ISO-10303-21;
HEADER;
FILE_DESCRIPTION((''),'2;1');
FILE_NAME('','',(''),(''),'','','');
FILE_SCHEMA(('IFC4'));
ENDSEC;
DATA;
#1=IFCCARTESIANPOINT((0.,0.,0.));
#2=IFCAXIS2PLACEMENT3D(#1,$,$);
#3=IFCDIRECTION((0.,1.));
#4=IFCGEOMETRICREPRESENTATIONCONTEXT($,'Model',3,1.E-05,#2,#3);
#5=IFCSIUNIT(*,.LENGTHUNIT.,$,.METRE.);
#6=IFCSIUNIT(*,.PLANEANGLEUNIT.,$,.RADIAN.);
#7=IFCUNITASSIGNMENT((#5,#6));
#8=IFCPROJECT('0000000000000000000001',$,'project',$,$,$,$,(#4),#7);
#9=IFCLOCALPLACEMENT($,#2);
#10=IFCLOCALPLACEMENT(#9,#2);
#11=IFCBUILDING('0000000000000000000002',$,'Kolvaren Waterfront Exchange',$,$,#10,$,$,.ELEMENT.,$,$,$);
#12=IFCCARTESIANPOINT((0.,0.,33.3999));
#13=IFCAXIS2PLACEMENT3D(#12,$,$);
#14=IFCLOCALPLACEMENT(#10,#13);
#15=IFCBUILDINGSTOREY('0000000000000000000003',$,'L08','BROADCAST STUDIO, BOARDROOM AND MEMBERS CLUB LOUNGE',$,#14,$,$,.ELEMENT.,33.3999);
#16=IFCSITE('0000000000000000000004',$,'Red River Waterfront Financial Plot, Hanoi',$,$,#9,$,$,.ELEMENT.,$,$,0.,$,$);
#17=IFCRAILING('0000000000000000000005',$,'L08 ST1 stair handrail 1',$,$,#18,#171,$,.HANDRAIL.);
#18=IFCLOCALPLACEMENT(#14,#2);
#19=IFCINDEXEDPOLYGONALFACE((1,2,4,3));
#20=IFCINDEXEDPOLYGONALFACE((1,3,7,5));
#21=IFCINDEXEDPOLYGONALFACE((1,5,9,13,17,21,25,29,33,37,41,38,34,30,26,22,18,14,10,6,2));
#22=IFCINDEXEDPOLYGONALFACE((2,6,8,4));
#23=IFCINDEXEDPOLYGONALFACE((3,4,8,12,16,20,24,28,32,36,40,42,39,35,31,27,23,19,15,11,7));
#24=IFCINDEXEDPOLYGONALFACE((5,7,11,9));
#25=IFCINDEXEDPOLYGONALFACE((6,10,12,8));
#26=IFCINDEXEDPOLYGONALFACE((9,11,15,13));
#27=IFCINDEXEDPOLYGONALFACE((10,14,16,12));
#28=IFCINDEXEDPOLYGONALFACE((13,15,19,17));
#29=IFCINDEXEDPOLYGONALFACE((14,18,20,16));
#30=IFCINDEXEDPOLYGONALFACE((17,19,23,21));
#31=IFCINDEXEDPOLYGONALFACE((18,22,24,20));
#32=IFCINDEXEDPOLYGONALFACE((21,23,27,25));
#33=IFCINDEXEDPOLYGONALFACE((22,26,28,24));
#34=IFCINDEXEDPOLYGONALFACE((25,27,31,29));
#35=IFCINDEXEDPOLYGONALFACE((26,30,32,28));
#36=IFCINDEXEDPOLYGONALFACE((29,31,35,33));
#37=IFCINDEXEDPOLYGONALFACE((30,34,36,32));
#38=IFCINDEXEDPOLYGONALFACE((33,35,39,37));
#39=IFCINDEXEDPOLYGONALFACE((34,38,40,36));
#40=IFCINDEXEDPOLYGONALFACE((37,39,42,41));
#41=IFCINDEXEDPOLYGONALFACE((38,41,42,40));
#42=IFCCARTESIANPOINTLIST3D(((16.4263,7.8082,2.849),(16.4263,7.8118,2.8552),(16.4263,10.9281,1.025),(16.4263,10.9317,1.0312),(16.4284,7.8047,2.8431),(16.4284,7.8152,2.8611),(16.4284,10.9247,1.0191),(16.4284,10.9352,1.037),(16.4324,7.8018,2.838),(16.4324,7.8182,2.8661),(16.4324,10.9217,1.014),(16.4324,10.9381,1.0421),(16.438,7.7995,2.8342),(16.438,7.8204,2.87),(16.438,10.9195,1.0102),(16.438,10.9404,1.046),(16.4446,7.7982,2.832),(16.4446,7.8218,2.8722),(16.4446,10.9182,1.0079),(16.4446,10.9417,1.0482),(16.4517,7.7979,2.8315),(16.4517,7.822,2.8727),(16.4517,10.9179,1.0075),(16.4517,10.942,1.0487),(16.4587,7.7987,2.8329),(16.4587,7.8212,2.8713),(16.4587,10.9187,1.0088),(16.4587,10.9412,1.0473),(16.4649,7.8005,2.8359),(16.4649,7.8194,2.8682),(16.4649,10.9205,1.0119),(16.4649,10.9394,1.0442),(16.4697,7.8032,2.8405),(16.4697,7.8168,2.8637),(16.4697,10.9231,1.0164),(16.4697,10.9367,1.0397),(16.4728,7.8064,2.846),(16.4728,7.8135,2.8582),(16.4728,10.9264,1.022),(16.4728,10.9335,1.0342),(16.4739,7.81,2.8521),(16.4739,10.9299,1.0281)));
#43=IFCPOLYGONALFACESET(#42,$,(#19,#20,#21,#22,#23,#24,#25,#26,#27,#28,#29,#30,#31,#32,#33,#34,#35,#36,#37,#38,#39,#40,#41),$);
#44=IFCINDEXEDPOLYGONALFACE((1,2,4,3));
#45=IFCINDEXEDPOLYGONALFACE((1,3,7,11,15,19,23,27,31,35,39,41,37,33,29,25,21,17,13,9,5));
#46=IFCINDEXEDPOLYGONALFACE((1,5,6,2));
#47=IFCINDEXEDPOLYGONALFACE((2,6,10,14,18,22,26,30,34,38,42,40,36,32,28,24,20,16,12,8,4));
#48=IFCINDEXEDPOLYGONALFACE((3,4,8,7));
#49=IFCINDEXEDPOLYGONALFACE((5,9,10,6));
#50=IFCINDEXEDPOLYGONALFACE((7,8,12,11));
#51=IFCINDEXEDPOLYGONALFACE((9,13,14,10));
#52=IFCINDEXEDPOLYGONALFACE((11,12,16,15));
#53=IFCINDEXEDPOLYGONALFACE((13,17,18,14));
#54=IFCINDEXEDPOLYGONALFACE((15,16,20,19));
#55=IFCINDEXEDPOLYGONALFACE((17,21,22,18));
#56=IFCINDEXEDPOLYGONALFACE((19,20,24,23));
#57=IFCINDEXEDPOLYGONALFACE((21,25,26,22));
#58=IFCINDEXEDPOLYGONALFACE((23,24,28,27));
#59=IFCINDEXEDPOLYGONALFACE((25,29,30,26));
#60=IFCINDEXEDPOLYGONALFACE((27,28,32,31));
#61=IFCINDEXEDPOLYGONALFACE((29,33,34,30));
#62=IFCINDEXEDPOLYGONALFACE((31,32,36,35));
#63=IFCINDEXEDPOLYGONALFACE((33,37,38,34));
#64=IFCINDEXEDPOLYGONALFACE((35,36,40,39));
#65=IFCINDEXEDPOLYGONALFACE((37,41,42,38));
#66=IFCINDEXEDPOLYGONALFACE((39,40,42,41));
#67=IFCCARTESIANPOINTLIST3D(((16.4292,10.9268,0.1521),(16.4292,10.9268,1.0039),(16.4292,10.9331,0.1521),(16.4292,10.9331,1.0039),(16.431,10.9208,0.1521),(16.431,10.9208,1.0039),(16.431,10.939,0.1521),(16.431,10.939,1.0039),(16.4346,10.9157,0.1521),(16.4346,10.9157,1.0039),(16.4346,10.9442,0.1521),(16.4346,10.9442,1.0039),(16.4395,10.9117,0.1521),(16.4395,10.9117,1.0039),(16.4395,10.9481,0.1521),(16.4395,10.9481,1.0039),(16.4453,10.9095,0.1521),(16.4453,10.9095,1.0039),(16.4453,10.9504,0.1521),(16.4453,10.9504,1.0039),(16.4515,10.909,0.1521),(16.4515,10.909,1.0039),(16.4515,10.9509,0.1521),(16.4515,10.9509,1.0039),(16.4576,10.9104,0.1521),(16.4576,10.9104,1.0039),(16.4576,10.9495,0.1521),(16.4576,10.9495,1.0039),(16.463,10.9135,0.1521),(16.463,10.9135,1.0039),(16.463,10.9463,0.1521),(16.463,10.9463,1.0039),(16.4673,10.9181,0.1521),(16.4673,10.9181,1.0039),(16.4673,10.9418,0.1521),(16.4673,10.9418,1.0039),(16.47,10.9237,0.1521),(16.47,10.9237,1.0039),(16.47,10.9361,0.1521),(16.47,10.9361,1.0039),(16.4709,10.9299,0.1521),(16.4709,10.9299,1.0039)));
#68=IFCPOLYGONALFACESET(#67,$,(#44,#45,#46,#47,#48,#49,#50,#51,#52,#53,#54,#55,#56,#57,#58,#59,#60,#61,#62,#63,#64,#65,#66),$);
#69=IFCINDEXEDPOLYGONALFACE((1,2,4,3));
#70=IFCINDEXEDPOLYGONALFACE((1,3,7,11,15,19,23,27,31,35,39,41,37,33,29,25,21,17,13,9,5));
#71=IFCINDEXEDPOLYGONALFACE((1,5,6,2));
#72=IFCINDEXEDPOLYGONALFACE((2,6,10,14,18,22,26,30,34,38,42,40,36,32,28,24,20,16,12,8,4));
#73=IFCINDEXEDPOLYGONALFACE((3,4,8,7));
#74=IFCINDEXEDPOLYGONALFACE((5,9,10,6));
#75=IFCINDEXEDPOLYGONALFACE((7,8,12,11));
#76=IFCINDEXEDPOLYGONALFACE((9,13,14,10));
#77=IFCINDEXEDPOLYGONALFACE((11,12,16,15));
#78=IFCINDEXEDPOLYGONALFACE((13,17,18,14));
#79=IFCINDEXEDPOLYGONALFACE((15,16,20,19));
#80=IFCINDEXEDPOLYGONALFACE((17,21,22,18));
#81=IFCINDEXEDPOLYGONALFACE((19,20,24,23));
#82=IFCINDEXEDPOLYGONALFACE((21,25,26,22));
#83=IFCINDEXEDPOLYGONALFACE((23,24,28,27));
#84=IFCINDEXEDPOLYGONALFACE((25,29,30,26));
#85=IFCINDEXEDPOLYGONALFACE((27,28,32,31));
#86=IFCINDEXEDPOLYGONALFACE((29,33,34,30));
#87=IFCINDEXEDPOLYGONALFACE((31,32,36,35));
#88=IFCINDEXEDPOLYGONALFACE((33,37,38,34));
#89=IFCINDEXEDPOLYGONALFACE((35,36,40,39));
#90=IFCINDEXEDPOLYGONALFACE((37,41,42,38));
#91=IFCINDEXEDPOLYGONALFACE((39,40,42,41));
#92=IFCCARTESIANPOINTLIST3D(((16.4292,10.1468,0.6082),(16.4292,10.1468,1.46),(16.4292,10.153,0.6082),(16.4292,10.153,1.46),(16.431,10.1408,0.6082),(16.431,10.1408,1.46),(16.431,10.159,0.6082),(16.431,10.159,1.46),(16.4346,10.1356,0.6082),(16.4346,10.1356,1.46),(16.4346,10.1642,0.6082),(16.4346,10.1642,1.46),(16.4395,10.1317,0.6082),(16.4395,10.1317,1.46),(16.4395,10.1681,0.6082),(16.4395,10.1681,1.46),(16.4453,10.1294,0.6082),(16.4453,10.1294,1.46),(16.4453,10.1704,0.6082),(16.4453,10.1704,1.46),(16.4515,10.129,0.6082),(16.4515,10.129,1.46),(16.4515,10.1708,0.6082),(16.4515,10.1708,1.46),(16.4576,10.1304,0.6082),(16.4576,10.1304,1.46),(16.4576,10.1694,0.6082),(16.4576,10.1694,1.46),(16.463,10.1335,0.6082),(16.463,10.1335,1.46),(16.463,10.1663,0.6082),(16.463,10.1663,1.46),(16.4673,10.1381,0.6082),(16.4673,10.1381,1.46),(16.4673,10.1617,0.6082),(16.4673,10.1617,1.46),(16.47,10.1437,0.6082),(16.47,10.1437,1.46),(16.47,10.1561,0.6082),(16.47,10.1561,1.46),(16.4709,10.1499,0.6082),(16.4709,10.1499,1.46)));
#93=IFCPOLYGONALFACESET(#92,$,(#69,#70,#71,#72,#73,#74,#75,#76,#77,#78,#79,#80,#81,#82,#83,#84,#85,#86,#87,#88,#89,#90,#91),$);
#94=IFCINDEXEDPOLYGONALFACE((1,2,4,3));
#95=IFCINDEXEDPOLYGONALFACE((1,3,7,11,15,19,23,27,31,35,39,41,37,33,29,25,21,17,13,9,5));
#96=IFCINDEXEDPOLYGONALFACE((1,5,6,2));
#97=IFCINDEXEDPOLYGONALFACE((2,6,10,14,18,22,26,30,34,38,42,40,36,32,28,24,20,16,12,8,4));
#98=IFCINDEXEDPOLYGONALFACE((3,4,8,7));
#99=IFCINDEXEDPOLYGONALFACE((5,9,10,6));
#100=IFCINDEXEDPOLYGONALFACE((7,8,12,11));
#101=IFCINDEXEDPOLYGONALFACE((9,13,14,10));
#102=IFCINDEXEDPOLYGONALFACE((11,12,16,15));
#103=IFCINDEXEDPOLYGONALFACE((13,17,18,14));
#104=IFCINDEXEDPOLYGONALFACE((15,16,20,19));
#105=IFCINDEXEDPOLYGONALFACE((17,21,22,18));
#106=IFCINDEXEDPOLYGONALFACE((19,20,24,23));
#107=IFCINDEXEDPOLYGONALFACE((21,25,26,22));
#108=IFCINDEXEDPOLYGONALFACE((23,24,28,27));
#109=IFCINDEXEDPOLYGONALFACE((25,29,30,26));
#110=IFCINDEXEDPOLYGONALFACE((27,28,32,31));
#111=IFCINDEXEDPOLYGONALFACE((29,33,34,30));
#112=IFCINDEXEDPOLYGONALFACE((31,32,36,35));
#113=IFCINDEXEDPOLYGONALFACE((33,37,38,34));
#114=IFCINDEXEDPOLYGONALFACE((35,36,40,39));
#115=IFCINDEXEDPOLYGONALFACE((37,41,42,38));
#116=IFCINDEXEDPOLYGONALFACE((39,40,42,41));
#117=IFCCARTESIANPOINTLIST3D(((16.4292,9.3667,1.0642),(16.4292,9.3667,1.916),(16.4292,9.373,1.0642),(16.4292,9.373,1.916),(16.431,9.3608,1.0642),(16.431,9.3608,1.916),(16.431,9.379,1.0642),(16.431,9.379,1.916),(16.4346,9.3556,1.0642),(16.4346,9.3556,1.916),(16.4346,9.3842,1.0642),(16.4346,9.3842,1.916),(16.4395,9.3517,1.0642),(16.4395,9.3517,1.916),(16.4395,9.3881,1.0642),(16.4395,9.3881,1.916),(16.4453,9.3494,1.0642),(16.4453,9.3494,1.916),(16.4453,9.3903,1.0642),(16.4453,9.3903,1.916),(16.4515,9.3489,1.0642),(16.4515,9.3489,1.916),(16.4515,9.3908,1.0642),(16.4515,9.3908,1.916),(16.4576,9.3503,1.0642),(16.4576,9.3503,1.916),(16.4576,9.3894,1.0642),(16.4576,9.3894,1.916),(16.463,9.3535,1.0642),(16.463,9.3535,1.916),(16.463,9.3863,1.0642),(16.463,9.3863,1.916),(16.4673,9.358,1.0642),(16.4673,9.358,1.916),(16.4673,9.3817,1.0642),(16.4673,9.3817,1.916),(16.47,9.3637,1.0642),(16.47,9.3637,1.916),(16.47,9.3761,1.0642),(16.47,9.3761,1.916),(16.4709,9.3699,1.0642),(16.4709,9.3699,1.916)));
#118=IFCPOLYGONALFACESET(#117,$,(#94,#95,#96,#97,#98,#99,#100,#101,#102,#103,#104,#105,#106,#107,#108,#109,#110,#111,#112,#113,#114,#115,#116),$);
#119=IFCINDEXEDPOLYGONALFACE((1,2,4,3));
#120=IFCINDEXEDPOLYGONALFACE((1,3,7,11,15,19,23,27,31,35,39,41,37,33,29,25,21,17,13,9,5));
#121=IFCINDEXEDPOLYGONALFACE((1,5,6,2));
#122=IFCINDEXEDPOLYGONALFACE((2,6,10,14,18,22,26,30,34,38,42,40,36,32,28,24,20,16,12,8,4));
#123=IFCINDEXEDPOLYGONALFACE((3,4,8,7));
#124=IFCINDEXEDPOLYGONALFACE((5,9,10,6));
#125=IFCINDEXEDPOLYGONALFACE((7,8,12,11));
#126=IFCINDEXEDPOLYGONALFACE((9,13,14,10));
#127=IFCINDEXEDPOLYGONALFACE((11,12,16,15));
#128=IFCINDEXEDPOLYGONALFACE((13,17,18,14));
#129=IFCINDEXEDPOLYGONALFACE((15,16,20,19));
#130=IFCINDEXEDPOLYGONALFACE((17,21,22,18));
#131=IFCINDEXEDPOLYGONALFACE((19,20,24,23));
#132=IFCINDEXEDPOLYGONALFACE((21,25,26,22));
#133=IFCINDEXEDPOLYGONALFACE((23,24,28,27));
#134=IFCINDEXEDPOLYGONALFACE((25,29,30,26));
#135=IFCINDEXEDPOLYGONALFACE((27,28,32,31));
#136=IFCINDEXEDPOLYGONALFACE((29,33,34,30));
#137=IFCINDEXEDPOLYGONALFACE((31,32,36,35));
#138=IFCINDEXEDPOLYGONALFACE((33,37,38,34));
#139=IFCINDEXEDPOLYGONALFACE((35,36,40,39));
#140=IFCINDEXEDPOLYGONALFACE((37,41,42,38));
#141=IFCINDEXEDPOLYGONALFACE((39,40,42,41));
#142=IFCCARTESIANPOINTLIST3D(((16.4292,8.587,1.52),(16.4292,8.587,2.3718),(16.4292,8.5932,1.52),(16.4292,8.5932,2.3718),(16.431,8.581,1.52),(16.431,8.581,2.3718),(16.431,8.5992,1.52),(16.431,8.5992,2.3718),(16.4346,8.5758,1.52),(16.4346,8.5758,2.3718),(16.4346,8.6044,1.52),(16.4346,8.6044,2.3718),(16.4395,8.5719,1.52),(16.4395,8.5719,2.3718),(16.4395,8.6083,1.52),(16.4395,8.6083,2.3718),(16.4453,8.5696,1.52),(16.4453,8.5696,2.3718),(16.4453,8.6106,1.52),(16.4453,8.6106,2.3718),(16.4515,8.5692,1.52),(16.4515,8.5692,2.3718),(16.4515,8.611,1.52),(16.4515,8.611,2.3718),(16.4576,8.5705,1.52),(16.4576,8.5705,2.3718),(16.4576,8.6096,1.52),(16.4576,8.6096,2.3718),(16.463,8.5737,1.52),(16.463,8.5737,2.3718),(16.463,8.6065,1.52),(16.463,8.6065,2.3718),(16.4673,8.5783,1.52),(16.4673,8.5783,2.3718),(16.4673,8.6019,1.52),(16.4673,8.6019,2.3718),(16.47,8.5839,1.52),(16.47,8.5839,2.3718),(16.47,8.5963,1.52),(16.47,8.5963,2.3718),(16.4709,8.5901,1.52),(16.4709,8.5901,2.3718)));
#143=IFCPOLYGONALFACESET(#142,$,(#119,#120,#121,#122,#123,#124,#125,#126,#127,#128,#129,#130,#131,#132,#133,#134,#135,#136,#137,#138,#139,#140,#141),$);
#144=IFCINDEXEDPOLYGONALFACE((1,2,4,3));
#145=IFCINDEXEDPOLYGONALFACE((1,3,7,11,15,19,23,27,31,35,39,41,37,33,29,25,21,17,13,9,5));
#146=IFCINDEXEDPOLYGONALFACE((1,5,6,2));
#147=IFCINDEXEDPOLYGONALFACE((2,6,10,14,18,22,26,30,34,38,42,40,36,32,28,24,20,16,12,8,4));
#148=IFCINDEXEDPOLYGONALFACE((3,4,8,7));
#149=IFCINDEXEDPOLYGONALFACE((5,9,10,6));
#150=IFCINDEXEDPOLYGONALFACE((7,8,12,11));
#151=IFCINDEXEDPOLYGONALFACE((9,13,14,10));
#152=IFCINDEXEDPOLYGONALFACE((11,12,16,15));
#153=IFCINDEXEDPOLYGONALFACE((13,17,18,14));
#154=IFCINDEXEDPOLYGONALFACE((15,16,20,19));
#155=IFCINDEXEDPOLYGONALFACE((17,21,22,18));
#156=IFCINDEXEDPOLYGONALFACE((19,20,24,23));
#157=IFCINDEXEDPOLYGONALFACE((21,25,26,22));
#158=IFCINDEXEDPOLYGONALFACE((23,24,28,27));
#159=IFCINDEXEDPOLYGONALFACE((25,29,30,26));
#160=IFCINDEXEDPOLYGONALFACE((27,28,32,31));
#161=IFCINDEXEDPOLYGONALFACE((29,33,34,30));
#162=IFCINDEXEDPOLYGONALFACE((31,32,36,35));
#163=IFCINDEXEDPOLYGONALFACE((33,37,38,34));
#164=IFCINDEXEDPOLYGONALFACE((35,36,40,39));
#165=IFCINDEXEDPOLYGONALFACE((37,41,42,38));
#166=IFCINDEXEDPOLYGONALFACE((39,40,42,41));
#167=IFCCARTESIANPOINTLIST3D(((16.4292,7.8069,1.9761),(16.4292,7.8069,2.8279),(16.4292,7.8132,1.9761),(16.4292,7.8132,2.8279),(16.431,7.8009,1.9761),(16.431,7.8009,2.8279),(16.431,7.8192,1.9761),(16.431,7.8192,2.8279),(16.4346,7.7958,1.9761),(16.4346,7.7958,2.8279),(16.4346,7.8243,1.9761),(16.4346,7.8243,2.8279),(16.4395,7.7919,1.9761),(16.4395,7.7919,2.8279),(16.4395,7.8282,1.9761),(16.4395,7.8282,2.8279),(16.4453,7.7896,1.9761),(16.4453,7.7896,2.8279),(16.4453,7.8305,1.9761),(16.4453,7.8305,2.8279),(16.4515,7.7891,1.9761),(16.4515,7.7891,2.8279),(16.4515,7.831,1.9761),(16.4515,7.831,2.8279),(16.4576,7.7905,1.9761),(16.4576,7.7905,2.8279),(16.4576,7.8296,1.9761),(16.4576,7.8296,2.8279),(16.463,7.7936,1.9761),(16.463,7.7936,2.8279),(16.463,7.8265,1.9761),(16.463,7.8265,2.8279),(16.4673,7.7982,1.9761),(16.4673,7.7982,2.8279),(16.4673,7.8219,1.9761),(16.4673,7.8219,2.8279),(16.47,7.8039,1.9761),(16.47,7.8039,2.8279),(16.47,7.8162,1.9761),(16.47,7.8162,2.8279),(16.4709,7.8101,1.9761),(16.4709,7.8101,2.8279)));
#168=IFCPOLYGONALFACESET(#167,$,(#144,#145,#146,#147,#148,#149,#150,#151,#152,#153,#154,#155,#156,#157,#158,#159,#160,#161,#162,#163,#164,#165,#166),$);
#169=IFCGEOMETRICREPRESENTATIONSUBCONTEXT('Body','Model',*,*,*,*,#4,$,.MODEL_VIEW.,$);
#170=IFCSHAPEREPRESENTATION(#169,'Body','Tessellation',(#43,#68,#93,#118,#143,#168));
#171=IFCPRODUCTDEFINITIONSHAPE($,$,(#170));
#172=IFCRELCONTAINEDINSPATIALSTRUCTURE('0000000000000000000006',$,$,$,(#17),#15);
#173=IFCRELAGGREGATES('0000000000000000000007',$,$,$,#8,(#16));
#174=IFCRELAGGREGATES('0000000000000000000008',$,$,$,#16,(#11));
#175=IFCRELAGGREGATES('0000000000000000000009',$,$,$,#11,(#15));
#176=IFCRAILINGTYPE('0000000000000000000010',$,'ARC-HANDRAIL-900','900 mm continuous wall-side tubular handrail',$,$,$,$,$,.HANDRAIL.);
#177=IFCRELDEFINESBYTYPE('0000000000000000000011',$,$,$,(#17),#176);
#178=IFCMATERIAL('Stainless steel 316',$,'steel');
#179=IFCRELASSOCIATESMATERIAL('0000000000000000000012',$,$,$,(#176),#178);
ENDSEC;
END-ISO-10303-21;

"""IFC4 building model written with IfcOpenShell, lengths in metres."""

from ifc_helpers import new_model, si_unit, direction, frame, origin, origin_2d, place, context, subcontext, project, spatial, circle, extrude, material, type_object, element, save


model = new_model("IFC4")

# Units and contexts
model_context = context("Model", 3, precision=1e-05, world=origin(), true_north=direction((0.0, 1.0)))
body_context = subcontext(model_context, "Body", "Model", "MODEL_VIEW")
ifc_project = project(units=[si_unit("LENGTHUNIT", "METRE"), si_unit("PLANEANGLEUNIT", "RADIAN")], contexts=[model_context])

# Site, building, storey
site_placement = place(None, origin())
site = spatial("IfcSite", under=ifc_project, at=site_placement, Name="Red River Waterfront Financial Plot, Hanoi", CompositionType="ELEMENT", RefElevation=0.0)
building_placement = place(site_placement, origin())
building = spatial("IfcBuilding", under=site, at=building_placement, Name="Kolvaren Waterfront Exchange", CompositionType="ELEMENT")
storey_placement = place(building_placement, frame((0.0, 0.0, 33.3999)))
storey = spatial("IfcBuildingStorey", under=building, at=storey_placement, Name="L08", Description="BROADCAST STUDIO, BOARDROOM AND MEMBERS CLUB LOUNGE", CompositionType="ELEMENT", Elevation=33.3999)

# Railing
ifc_material_1 = material(Name="Stainless steel 316", Category="steel")
railing_type_1 = type_object("IfcRailingType", Name="ARC-HANDRAIL-900", Description="900 mm continuous wall-side tubular handrail", PredefinedType="HANDRAIL", material=ifc_material_1)
railing_1_placement = place(storey_placement, frame((16.45, 10.9299, 0.1521)))
element("IfcRailing", 1, at=railing_1_placement, inside=storey, type_object=railing_type_1, Name="L08 ST1 stair handrail 1", PredefinedType="HANDRAIL", context=body_context, shape_type="SweptSolid", body=[
    extrude(circle(Radius=0.0239, at=origin_2d()), frame((0.0, 0.0, 0.876), z_axis=(0.0, -0.863291, 0.504707), x_axis=(1.0, 0.0, 0.0)), (0.0, 0.0, 1.0), 3.614),
    extrude(circle(Radius=0.021, at=origin_2d()), origin(), (0.0, 0.0, 1.0), 0.8518),
    extrude(circle(Radius=0.021, at=origin_2d()), frame((0.0, -0.78, 0.4561)), (0.0, 0.0, 1.0), 0.8518),
    extrude(circle(Radius=0.021, at=origin_2d()), frame((0.0, -1.5601, 0.9121)), (0.0, 0.0, 1.0), 0.8518),
    extrude(circle(Radius=0.021, at=origin_2d()), frame((0.0, -2.3398, 1.3679)), (0.0, 0.0, 1.0), 0.8518),
    extrude(circle(Radius=0.021, at=origin_2d()), frame((0.0, -3.1199, 1.824)), (0.0, 0.0, 1.0), 0.8518),
])

save(model, "model.ifc")
